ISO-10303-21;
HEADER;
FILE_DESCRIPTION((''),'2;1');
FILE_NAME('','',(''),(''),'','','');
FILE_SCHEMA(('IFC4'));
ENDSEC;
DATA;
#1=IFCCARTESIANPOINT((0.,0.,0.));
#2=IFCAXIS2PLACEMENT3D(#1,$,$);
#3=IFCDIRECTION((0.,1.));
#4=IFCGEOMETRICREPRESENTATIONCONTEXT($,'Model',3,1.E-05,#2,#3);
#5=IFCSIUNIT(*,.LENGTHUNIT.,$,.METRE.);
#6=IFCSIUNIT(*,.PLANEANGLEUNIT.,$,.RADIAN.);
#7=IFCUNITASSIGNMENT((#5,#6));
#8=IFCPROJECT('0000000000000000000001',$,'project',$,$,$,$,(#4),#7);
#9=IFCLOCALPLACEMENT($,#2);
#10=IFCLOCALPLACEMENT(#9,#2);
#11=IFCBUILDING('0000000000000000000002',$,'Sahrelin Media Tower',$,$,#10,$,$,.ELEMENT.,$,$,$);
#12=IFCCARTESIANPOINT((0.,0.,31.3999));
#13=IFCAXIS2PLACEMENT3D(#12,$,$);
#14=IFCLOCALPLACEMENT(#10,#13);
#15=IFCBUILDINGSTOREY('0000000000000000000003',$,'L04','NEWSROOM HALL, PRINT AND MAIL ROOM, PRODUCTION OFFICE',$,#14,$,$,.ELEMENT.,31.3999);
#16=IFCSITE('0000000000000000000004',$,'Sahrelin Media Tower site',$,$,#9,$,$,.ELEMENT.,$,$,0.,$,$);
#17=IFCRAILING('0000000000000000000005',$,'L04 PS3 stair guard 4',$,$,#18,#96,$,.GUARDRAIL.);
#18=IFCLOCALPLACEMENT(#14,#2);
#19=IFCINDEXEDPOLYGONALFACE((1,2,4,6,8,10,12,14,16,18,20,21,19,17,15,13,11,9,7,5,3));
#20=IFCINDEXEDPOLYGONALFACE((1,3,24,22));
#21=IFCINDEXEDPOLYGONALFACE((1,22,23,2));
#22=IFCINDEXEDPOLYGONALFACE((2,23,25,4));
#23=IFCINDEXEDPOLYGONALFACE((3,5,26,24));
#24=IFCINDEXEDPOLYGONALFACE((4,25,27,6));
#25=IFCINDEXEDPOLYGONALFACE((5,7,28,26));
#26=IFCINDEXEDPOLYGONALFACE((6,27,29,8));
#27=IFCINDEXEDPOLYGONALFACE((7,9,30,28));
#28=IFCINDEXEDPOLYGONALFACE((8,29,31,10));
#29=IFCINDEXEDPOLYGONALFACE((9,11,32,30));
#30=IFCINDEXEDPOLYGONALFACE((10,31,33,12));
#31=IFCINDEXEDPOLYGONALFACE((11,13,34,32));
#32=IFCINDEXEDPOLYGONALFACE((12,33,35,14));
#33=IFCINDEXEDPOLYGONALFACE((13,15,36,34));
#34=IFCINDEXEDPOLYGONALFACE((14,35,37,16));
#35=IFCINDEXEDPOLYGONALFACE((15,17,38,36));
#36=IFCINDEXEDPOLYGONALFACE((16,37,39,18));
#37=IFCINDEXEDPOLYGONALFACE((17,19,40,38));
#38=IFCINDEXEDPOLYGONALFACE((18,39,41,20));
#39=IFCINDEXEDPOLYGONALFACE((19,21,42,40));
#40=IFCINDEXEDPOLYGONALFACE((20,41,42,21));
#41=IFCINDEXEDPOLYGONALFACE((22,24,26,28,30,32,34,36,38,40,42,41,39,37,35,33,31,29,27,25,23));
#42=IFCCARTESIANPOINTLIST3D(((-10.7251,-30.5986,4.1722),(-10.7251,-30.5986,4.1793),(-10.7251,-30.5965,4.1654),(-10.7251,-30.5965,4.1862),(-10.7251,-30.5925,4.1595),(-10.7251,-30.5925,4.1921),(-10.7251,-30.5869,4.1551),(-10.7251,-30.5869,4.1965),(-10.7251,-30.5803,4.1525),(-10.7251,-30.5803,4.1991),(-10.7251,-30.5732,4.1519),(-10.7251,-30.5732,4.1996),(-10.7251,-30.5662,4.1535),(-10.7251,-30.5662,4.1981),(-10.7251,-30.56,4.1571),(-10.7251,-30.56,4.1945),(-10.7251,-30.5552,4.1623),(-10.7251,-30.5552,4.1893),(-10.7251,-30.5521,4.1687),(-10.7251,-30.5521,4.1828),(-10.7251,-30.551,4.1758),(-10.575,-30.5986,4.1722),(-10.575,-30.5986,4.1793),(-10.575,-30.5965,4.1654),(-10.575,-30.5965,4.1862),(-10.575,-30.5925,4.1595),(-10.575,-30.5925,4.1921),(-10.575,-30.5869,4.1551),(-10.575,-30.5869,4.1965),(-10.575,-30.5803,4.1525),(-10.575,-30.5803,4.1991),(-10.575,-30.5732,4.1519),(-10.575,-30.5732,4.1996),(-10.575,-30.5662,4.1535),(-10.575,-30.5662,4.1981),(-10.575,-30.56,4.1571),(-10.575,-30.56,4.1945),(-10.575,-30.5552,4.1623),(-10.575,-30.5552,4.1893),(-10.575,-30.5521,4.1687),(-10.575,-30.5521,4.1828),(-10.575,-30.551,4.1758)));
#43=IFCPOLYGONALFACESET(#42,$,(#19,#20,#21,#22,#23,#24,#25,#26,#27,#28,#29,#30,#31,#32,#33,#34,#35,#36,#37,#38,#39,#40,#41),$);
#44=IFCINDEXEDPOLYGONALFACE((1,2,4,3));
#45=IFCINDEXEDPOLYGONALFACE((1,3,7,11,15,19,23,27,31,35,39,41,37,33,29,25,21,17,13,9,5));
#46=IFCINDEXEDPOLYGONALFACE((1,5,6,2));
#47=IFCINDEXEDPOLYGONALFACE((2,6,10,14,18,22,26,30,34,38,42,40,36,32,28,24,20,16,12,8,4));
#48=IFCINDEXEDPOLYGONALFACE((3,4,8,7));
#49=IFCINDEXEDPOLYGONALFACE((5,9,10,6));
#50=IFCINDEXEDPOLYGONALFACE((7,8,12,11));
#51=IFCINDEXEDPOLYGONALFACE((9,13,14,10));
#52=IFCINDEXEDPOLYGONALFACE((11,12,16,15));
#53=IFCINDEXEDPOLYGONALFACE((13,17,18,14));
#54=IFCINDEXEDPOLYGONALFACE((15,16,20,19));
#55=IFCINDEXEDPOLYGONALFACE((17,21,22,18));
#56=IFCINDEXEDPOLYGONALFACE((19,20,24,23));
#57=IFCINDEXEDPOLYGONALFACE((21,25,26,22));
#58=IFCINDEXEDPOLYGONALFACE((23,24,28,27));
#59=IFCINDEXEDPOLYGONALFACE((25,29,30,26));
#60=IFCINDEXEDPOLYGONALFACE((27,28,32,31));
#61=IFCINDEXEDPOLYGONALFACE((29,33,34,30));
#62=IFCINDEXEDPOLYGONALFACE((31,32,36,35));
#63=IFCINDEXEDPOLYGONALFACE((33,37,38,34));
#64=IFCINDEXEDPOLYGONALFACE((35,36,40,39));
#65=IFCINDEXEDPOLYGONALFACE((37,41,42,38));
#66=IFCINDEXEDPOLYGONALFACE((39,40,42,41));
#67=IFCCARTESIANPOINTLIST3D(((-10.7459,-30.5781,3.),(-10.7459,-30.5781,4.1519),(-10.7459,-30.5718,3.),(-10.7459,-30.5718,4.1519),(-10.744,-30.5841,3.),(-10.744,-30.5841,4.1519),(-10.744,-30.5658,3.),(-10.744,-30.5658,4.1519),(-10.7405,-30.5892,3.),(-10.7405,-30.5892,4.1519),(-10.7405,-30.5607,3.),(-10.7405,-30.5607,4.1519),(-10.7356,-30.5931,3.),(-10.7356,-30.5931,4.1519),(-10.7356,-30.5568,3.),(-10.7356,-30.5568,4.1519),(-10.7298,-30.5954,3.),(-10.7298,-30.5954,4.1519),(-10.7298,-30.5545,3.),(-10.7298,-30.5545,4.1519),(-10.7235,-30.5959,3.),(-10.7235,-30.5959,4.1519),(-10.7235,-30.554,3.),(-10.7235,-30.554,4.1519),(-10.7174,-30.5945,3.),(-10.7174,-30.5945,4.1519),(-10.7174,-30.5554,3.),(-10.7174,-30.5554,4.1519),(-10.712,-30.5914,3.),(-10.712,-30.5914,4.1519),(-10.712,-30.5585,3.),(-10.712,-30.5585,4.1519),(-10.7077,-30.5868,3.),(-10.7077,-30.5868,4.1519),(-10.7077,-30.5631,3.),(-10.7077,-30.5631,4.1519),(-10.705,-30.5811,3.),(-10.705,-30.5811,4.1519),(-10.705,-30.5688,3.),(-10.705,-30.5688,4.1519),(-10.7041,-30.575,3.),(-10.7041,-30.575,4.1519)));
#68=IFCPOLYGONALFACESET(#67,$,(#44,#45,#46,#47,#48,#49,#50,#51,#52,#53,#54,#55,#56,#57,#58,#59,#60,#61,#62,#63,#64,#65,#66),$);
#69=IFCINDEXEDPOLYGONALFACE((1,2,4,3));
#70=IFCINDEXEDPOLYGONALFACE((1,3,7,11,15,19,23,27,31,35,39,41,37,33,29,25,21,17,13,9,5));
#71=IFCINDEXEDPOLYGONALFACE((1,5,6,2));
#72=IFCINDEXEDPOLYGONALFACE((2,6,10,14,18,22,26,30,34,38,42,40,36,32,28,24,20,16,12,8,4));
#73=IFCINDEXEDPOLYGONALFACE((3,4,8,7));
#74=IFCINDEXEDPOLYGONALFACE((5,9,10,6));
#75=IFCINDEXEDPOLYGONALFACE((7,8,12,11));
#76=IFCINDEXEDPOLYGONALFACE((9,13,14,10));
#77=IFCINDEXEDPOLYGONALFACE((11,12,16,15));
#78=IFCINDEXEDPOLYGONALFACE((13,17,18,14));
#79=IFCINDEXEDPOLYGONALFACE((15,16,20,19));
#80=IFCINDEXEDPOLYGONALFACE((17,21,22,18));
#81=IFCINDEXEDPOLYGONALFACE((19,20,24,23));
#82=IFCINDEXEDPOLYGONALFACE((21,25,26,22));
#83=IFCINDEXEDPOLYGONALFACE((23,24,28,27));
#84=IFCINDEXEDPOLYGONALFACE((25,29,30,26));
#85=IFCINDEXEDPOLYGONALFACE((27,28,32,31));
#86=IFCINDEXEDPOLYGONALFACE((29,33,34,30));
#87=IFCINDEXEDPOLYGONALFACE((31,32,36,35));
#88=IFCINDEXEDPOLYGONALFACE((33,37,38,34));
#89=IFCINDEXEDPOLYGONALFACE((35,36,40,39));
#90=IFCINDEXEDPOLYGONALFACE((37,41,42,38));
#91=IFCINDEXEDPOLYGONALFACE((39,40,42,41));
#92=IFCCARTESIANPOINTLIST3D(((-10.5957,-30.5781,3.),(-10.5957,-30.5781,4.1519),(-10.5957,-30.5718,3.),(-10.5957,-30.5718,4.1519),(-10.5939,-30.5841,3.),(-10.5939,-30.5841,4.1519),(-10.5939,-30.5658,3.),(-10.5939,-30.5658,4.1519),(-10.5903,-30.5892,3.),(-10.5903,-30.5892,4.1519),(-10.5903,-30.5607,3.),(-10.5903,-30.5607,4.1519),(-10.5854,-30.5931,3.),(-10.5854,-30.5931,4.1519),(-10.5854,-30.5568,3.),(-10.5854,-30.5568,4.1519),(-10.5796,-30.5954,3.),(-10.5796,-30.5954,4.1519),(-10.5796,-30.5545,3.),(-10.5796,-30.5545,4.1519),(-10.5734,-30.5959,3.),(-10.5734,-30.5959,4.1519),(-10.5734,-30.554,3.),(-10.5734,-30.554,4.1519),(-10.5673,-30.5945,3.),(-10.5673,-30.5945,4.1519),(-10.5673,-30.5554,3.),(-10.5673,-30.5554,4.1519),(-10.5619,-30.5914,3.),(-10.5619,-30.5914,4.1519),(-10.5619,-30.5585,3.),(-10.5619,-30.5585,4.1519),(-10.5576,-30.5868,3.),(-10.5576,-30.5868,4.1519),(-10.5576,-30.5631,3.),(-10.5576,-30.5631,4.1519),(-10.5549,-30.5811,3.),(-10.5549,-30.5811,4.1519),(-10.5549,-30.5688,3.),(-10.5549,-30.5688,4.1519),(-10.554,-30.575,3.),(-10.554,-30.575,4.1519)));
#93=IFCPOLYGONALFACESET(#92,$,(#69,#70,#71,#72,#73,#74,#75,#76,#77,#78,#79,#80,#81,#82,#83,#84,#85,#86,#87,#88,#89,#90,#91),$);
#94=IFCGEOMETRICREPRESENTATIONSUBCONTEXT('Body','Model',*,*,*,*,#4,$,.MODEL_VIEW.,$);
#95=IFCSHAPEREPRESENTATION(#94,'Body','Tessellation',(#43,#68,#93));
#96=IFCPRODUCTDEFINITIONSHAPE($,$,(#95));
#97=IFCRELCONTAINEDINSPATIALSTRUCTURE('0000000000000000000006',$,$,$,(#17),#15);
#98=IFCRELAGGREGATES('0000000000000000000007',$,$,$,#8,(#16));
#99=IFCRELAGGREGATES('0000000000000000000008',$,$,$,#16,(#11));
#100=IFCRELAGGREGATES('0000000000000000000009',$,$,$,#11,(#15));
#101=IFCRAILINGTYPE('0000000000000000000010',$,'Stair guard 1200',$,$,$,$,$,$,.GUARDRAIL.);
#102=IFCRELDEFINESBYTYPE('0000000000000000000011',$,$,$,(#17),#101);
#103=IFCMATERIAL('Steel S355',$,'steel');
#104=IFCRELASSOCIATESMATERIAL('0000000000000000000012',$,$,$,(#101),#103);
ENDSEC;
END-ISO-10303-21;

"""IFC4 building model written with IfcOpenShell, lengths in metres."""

from ifc_helpers import new_model, si_unit, direction, frame, origin, origin_2d, place, context, subcontext, project, spatial, circle, extrude, material, type_object, element, save


model = new_model("IFC4")

# Units and contexts
model_context = context("Model", 3, precision=1e-05, world=origin(), true_north=direction((0.0, 1.0)))
body_context = subcontext(model_context, "Body", "Model", "MODEL_VIEW")
ifc_project = project(units=[si_unit("LENGTHUNIT", "METRE"), si_unit("PLANEANGLEUNIT", "RADIAN")], contexts=[model_context])

# Site, building, storey
site_placement = place(None, origin())
site = spatial("IfcSite", under=ifc_project, at=site_placement, Name="Sahrelin Media Tower site", CompositionType="ELEMENT", RefElevation=0.0)
building_placement = place(site_placement, origin())
building = spatial("IfcBuilding", under=site, at=building_placement, Name="Sahrelin Media Tower", CompositionType="ELEMENT")
storey_placement = place(building_placement, frame((0.0, 0.0, 31.3999)))
storey = spatial("IfcBuildingStorey", under=building, at=storey_placement, Name="L04", Description="NEWSROOM HALL, PRINT AND MAIL ROOM, PRODUCTION OFFICE", CompositionType="ELEMENT", Elevation=31.3999)

# Shared definitions
ifc_material_1 = material(Name="Steel S355", Category="steel")

# Railing
railing_type_1 = type_object("IfcRailingType", Name="Stair guard 1200", PredefinedType="GUARDRAIL", material=ifc_material_1)
railing_1_placement = place(storey_placement, frame((-10.7251, -30.575, 3.0)))
element("IfcRailing", 1, at=railing_1_placement, inside=storey, type_object=railing_type_1, Name="L04 PS3 stair guard 4", PredefinedType="GUARDRAIL", context=body_context, shape_type="SweptSolid", body=[
    extrude(circle(Radius=0.0239, at=origin_2d()), frame((0.0, 0.0, 1.1758), z_axis=(1.0, 0.0, 0.0), x_axis=(0.0, 1.0, 0.0)), (0.0, 0.0, 1.0), 0.1501),
    extrude(circle(Radius=0.021, at=origin_2d()), origin(), (0.0, 0.0, 1.0), 1.1519),
    extrude(circle(Radius=0.021, at=origin_2d()), frame((0.1501, 0.0, 0.0)), (0.0, 0.0, 1.0), 1.1519),
])

save(model, "model.ifc")
